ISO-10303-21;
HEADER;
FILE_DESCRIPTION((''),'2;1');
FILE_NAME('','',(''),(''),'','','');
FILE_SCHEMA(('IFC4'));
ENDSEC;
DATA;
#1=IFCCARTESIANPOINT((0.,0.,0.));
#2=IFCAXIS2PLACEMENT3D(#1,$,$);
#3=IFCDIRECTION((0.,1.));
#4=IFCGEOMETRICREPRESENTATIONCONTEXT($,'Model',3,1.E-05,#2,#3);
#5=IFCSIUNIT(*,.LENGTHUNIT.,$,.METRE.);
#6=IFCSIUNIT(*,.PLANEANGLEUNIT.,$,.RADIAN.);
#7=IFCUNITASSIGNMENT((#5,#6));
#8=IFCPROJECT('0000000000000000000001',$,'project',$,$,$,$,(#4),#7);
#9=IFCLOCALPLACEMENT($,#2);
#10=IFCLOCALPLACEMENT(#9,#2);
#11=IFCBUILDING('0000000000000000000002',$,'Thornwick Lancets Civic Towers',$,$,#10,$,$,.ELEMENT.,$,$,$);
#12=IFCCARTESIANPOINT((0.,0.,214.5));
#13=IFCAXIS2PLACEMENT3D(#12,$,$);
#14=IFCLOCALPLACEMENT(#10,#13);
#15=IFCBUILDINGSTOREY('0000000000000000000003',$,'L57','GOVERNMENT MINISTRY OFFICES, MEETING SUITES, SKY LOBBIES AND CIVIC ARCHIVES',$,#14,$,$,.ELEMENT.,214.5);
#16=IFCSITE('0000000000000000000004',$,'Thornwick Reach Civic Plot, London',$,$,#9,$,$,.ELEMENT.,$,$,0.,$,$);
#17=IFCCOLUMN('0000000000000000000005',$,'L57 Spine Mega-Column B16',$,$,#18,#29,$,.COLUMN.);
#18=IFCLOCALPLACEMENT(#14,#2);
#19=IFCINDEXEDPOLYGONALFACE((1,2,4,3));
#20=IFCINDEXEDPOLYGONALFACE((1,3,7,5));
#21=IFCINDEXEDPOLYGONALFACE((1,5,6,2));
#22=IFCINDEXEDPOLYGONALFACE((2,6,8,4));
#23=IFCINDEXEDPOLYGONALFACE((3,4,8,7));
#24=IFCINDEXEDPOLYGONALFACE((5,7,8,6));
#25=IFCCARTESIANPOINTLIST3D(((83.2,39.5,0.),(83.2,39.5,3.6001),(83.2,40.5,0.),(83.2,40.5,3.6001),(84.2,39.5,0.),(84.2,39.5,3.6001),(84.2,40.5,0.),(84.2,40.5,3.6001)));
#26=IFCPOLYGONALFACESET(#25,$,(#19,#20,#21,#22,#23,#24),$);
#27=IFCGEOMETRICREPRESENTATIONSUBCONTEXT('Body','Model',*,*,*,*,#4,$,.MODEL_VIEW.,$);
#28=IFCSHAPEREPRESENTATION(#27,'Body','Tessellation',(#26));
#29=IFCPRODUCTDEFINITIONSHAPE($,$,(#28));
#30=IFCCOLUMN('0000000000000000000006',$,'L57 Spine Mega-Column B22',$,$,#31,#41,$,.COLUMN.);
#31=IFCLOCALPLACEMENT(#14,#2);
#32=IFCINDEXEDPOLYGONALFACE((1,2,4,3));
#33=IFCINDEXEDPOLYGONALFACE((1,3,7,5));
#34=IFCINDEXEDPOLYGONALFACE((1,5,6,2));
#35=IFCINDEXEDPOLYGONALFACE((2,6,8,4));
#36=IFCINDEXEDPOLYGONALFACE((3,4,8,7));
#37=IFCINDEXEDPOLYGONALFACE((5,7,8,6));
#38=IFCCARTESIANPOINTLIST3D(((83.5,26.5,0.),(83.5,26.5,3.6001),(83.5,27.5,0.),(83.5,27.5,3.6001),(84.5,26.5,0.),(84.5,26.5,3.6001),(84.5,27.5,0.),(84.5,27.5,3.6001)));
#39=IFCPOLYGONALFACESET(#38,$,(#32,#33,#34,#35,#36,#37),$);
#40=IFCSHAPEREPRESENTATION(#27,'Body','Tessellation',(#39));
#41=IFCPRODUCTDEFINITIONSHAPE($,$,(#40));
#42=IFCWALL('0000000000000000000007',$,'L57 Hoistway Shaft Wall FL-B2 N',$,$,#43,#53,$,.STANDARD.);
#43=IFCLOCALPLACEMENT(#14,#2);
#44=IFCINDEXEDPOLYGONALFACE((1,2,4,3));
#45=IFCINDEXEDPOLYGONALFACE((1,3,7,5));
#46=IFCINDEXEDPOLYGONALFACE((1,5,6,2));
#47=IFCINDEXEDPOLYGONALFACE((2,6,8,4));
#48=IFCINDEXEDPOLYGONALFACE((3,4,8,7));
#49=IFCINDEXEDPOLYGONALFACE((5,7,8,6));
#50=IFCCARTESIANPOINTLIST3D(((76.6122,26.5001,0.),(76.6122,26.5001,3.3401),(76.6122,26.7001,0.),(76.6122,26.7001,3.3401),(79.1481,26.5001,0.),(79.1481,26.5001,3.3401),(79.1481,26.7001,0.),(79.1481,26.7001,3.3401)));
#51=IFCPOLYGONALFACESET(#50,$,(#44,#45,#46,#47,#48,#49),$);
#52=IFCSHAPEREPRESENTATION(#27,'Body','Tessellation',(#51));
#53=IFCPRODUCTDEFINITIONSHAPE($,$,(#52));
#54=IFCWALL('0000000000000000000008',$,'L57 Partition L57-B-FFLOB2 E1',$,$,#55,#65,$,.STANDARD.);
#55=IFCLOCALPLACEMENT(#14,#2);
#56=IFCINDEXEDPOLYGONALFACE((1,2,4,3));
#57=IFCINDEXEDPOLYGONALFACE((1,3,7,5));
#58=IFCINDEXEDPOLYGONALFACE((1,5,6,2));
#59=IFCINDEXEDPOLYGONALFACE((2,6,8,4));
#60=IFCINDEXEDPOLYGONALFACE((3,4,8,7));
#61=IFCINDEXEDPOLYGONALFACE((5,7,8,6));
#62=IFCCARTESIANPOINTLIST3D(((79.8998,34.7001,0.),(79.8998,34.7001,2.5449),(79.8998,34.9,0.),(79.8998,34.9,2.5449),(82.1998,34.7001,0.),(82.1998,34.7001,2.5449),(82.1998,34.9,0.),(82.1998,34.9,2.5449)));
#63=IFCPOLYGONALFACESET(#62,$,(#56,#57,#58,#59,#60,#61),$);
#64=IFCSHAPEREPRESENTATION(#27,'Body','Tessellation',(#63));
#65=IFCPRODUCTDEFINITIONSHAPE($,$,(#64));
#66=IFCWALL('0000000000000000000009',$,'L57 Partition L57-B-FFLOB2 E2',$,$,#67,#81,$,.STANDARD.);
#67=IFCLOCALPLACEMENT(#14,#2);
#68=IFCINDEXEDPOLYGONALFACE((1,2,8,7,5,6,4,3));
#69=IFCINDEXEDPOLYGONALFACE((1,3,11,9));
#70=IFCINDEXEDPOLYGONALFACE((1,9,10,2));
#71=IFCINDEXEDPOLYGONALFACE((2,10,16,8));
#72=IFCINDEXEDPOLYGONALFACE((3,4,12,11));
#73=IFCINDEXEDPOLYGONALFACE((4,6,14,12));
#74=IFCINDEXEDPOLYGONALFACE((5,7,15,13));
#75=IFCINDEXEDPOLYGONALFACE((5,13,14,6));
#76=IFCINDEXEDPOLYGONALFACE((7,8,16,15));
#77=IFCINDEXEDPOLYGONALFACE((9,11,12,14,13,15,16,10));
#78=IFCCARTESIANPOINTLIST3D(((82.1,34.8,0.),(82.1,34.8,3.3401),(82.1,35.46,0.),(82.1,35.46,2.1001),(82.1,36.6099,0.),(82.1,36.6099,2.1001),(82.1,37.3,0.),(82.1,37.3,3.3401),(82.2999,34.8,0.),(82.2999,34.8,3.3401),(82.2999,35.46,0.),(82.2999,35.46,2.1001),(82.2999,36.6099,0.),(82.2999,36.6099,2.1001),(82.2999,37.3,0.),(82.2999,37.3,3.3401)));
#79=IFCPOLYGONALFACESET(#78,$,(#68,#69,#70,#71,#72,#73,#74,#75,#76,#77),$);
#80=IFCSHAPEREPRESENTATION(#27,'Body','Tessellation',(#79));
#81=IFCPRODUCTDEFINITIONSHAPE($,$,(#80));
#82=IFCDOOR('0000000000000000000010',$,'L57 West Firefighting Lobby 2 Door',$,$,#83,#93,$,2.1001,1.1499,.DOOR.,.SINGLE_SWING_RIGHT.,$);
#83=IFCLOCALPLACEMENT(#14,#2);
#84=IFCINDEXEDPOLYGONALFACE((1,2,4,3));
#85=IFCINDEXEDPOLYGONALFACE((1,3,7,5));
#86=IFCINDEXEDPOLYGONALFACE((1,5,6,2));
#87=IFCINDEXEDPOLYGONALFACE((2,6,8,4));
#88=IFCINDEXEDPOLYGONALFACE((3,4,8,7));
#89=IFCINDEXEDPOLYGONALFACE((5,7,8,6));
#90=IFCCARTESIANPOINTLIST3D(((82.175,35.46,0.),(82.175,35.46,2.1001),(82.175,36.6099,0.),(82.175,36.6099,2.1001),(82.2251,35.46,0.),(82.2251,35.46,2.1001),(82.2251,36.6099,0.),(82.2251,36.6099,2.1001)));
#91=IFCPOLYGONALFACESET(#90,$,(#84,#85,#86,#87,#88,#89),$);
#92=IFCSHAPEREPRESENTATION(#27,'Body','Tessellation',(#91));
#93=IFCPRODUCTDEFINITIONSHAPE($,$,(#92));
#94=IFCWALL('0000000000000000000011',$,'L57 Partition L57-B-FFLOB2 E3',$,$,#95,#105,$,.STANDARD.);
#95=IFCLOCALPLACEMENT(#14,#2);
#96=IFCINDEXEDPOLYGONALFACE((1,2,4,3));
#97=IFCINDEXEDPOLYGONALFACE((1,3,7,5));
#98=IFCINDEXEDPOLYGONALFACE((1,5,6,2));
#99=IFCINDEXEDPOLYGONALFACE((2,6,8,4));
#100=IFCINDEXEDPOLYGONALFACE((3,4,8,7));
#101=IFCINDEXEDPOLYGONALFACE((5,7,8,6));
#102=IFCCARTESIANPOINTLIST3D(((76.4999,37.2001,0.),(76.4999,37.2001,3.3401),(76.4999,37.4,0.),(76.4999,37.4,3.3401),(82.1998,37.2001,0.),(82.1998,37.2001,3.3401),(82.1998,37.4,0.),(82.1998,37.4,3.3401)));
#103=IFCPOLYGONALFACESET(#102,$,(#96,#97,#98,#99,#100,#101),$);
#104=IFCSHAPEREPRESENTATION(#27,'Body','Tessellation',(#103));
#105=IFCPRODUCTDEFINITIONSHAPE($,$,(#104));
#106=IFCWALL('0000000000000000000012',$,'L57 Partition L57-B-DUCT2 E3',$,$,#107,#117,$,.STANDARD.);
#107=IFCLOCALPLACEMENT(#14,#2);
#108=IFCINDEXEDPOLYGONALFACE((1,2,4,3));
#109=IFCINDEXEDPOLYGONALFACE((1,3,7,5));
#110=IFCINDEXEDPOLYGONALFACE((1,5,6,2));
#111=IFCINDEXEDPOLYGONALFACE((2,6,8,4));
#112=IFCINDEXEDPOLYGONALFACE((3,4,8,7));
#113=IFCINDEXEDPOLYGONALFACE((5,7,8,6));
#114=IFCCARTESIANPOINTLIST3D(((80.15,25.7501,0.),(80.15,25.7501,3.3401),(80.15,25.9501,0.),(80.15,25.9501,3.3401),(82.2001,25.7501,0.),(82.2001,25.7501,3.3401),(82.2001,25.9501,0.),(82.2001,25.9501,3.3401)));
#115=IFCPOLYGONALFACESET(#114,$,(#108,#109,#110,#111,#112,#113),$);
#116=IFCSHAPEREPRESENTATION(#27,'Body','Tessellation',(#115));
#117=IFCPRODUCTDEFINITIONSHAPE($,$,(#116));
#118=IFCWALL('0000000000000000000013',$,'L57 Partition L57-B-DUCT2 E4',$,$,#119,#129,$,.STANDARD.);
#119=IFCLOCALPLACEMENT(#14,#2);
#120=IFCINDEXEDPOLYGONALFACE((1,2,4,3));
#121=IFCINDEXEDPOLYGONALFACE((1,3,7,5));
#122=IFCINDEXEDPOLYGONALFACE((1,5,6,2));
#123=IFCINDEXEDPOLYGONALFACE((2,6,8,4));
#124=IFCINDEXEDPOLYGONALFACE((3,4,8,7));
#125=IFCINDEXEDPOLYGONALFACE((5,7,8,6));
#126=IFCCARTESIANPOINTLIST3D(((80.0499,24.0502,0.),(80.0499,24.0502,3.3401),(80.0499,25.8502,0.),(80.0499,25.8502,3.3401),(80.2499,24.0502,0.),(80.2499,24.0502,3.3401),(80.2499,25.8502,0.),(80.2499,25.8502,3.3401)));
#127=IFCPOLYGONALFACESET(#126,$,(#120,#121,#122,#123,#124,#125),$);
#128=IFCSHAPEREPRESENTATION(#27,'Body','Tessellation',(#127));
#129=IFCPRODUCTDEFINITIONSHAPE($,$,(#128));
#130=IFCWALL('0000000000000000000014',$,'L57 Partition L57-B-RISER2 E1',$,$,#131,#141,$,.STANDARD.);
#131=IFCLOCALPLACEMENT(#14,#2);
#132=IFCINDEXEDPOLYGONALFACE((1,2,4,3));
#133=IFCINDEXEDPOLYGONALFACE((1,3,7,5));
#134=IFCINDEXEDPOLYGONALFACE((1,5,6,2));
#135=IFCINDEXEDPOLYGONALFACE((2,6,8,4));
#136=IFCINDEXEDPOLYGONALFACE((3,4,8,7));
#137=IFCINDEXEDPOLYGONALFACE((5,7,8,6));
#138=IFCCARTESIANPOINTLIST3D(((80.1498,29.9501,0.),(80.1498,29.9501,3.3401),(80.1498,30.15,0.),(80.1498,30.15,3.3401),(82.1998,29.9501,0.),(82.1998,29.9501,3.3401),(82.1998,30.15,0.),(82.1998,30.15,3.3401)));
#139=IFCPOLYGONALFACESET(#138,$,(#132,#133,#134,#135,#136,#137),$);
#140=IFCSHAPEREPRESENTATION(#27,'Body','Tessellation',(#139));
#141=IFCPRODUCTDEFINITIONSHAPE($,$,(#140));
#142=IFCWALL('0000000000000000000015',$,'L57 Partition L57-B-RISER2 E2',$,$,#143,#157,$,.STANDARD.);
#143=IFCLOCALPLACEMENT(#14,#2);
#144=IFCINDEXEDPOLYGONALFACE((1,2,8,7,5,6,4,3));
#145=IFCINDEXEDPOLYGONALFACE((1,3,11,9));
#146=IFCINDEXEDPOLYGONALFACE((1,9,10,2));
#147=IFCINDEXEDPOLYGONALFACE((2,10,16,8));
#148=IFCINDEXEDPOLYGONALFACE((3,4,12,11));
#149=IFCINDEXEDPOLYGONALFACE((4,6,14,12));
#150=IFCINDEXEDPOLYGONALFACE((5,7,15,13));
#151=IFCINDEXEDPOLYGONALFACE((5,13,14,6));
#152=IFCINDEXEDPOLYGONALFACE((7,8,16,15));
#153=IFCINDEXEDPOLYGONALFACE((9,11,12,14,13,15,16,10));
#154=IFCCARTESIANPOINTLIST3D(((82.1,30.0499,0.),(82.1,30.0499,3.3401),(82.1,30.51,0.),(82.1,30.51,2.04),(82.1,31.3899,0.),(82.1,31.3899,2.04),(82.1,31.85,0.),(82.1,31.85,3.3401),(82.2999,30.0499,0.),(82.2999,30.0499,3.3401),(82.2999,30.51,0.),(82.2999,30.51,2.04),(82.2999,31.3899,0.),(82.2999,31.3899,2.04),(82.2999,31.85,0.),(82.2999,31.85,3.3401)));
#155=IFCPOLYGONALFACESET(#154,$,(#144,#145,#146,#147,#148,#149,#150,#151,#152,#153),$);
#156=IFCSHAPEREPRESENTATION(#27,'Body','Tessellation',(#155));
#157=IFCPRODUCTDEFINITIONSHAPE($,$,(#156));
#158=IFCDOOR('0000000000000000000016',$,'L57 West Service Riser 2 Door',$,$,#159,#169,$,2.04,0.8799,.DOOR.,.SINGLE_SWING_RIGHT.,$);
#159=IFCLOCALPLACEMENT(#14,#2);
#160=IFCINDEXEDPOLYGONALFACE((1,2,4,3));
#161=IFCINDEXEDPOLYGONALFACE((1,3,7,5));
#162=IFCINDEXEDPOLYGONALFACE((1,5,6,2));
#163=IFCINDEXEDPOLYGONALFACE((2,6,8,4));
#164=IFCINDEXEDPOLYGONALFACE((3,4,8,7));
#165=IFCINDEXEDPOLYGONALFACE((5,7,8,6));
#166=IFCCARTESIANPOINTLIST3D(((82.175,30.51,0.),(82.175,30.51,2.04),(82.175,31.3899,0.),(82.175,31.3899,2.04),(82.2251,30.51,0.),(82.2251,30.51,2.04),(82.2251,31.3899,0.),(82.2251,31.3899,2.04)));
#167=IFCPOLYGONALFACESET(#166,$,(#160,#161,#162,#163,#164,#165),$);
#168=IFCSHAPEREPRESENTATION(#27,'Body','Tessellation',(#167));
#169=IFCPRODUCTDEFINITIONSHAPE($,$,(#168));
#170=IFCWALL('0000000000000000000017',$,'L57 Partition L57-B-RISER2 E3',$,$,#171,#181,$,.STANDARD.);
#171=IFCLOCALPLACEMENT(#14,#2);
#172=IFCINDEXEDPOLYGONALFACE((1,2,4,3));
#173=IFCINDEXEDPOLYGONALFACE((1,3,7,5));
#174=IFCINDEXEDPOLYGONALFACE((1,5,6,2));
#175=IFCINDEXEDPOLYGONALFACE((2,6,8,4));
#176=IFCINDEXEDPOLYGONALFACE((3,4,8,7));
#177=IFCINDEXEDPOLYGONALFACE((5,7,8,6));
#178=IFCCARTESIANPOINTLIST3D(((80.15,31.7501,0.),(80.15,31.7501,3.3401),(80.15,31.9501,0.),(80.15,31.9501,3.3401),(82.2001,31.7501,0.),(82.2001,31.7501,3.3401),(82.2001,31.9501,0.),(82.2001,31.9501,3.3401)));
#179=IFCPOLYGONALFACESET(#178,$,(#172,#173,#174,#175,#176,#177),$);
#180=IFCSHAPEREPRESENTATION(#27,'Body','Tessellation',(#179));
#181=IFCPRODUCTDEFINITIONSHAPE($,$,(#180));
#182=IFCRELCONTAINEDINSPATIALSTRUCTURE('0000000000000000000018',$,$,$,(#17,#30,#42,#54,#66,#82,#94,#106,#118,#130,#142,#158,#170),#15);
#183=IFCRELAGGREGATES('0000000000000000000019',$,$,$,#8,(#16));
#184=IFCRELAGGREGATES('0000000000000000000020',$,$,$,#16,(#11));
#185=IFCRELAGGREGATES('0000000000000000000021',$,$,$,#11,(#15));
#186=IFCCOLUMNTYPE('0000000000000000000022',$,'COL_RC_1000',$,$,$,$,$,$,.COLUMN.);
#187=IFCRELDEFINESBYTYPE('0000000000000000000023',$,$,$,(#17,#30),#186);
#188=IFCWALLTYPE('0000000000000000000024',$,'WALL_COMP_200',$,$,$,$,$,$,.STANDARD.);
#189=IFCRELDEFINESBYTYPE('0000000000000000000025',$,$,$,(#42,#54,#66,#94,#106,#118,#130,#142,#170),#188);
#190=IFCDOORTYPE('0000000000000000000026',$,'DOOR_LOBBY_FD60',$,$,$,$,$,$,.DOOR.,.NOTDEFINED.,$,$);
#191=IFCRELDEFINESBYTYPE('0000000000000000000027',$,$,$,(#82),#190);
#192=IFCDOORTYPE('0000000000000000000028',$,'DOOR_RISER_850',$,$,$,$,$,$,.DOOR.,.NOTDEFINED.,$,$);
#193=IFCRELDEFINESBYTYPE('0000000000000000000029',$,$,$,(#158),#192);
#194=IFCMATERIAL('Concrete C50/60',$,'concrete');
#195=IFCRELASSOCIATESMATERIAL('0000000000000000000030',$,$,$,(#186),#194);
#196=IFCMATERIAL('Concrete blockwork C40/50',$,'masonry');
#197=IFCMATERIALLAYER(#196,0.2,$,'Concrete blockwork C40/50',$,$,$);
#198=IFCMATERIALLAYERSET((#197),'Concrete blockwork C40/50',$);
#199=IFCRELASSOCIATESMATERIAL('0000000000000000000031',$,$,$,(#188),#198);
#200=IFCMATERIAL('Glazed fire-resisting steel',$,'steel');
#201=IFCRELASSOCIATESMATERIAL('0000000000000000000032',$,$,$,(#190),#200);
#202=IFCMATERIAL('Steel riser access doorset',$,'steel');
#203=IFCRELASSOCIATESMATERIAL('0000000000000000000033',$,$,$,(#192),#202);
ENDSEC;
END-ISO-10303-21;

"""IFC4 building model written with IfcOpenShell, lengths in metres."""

from ifc_helpers import new_model, si_unit, direction, frame, frame_2d, origin, origin_2d, place, context, subcontext, project, spatial, rectangle, extrude, material, layer, layer_set, material_profile, profile_set, type_object, element, fill, save


model = new_model("IFC4")

# Units and contexts
model_context = context("Model", 3, precision=1e-05, world=origin(), true_north=direction((0.0, 1.0)))
body_context = subcontext(model_context, "Body", "Model", "MODEL_VIEW")
ifc_project = project(units=[si_unit("LENGTHUNIT", "METRE"), si_unit("PLANEANGLEUNIT", "RADIAN")], contexts=[model_context])

# Site, building, storey
site_placement = place(None, origin())
site = spatial("IfcSite", under=ifc_project, at=site_placement, Name="Thornwick Reach Civic Plot, London", CompositionType="ELEMENT", RefElevation=0.0)
building_placement = place(site_placement, origin())
building = spatial("IfcBuilding", under=site, at=building_placement, Name="Thornwick Lancets Civic Towers", CompositionType="ELEMENT")
storey_placement = place(building_placement, frame((0.0, 0.0, 214.5)))
storey = spatial("IfcBuildingStorey", under=building, at=storey_placement, Name="L57", Description="GOVERNMENT MINISTRY OFFICES, MEETING SUITES, SKY LOBBIES AND CIVIC ARCHIVES", CompositionType="ELEMENT", Elevation=214.5)

# Columns
ifc_material_1 = material(Name="Concrete C50/60", Category="concrete")
ifc_material_profile = material_profile(ifc_material_1, rectangle(XDim=1.0, YDim=1.0, at=origin_2d()), Name="RC 1000x1000")
ifc_profile_set = profile_set([ifc_material_profile], Name="Concrete C50/60")
column_type = type_object("IfcColumnType", Name="COL_RC_1000", PredefinedType="COLUMN", material=ifc_profile_set)
for number, where, z_axis, x_axis, name in (
    (1, (83.7, 40.0, 0.0), (0.0, 0.0, 1.0), (1.0, 0.0, 0.0), "L57 Spine Mega-Column B16"),
    (2, (84.0, 27.0, 0.0), (0.0, 0.0, 1.0), (1.0, 0.0, 0.0), "L57 Spine Mega-Column B22"),
):
    element("IfcColumn", number, at=place(storey_placement, frame(where, z_axis=z_axis, x_axis=x_axis)), inside=storey, type_object=column_type, Name=name, PredefinedType="COLUMN", context=body_context, shape_type="SweptSolid", body=[
        extrude(rectangle(XDim=1.0, YDim=1.0, at=origin_2d()), origin(), (0.0, 0.0, 1.0), 3.6001),
    ])

# Walls
ifc_material_2 = material(Name="Concrete blockwork C40/50", Category="masonry")
ifc_layer_1 = layer(ifc_material_2, 0.2, Name="Concrete blockwork C40/50")
ifc_layer_set_1 = layer_set([ifc_layer_1], Name="Concrete blockwork C40/50")
wall_type_1 = type_object("IfcWallType", Name="WALL_COMP_200", PredefinedType="STANDARD", material=ifc_layer_set_1)
wall_1_placement = place(storey_placement, frame((76.6121, 26.6001, 0.0), z_axis=(0.0, 0.0, 1.0), x_axis=(1.0, 0.0, 0.0)))
element("IfcWall", 3, at=wall_1_placement, inside=storey, type_object=wall_type_1, Name="L57 Hoistway Shaft Wall FL-B2 N", PredefinedType="STANDARD", context=body_context, shape_type="SweptSolid", body=[
    extrude(rectangle(XDim=2.5359, YDim=0.2, at=frame_2d((1.2681, 0.0))), origin(), (0.0, 0.0, 1.0), 3.3401),
])
wall_2_placement = place(storey_placement, frame((79.8999, 34.8, 0.0), z_axis=(0.0, 0.0, 1.0), x_axis=(1.0, 0.0, 0.0)))
element("IfcWall", 4, at=wall_2_placement, inside=storey, type_object=wall_type_1, Name="L57 Partition L57-B-FFLOB2 E1", PredefinedType="STANDARD", context=body_context, shape_type="SweptSolid", body=[
    extrude(rectangle(XDim=2.3, YDim=0.2, at=frame_2d((1.1499, 0.0))), origin(), (0.0, 0.0, 1.0), 2.5449),
])

# Wall, opening, door
wall_3_placement = place(storey_placement, frame((82.2, 34.8, 0.0), z_axis=(0.0, 0.0, 1.0), x_axis=(0.0, 1.0, 0.0)))
wall_3 = element("IfcWall", 5, at=wall_3_placement, inside=storey, type_object=wall_type_1, Name="L57 Partition L57-B-FFLOB2 E2", PredefinedType="STANDARD", context=body_context, shape_type="SweptSolid", body=[
    extrude(rectangle(XDim=2.5, YDim=0.2, at=frame_2d((1.25, 0.0))), origin(), (0.0, 0.0, 1.0), 3.3401),
])
opening_1_placement = place(wall_3_placement, frame((0.6599, 0.0, 0.0)))
opening_1 = element("IfcOpeningElement", 6, at=opening_1_placement, cuts=wall_3, PredefinedType="OPENING", context=body_context, shape_type="SweptSolid", body=[
    extrude(rectangle(XDim=1.1499, YDim=2.1001, at=frame_2d((0.575, 1.05))), frame((0.0, 0.1099, 0.0), z_axis=(0.0, -1.0, 0.0), x_axis=(1.0, 0.0, 0.0)), (0.0, 0.0, 1.0), 0.22),
])
ifc_material_3 = material(Name="Glazed fire-resisting steel", Category="steel")
door_type_1 = type_object("IfcDoorType", Name="DOOR_LOBBY_FD60", OperationType="NOTDEFINED", PredefinedType="DOOR", material=ifc_material_3)
door_1_placement = place(opening_1_placement, origin())
door_1 = element("IfcDoor", 7, at=door_1_placement, inside=storey, type_object=door_type_1, Name="L57 West Firefighting Lobby 2 Door", OperationType="SINGLE_SWING_RIGHT", OverallHeight=2.1001, OverallWidth=1.1499, PredefinedType="DOOR", context=body_context, shape_type="SweptSolid", body=[
    extrude(rectangle(XDim=1.1499, YDim=2.1001, at=frame_2d((0.575, 1.05))), frame((0.0, 0.0249, 0.0), z_axis=(0.0, -1.0, 0.0), x_axis=(1.0, 0.0, 0.0)), (0.0, 0.0, 1.0), 0.05),
])
fill(opening_1, door_1)

# Walls
wall_4_placement = place(storey_placement, frame((82.2, 37.3, 0.0), z_axis=(0.0, 0.0, 1.0), x_axis=(-1.0, 0.0, 0.0)))
element("IfcWall", 8, at=wall_4_placement, inside=storey, type_object=wall_type_1, Name="L57 Partition L57-B-FFLOB2 E3", PredefinedType="STANDARD", context=body_context, shape_type="SweptSolid", body=[
    extrude(rectangle(XDim=5.7, YDim=0.2, at=frame_2d((2.8501, 0.0))), origin(), (0.0, 0.0, 1.0), 3.3401),
])
wall_5_placement = place(storey_placement, frame((82.2, 25.8501, 0.0), z_axis=(0.0, 0.0, 1.0), x_axis=(-1.0, 0.0, 0.0)))
element("IfcWall", 9, at=wall_5_placement, inside=storey, type_object=wall_type_1, Name="L57 Partition L57-B-DUCT2 E3", PredefinedType="STANDARD", context=body_context, shape_type="SweptSolid", body=[
    extrude(rectangle(XDim=2.05, YDim=0.2, at=frame_2d((1.0249, 0.0))), origin(), (0.0, 0.0, 1.0), 3.3401),
])
wall_6_placement = place(storey_placement, frame((80.1499, 25.8501, 0.0), z_axis=(0.0, 0.0, 1.0), x_axis=(0.0, -1.0, 0.0)))
element("IfcWall", 10, at=wall_6_placement, inside=storey, type_object=wall_type_1, Name="L57 Partition L57-B-DUCT2 E4", PredefinedType="STANDARD", context=body_context, shape_type="SweptSolid", body=[
    extrude(rectangle(XDim=1.8, YDim=0.2, at=frame_2d((0.8999, 0.0))), origin(), (0.0, 0.0, 1.0), 3.3401),
])
wall_7_placement = place(storey_placement, frame((80.1499, 30.05, 0.0), z_axis=(0.0, 0.0, 1.0), x_axis=(1.0, 0.0, 0.0)))
element("IfcWall", 11, at=wall_7_placement, inside=storey, type_object=wall_type_1, Name="L57 Partition L57-B-RISER2 E1", PredefinedType="STANDARD", context=body_context, shape_type="SweptSolid", body=[
    extrude(rectangle(XDim=2.05, YDim=0.2, at=frame_2d((1.0249, 0.0))), origin(), (0.0, 0.0, 1.0), 3.3401),
])

# Wall, opening, door
wall_8_placement = place(storey_placement, frame((82.2, 30.05, 0.0), z_axis=(0.0, 0.0, 1.0), x_axis=(0.0, 1.0, 0.0)))
wall_8 = element("IfcWall", 12, at=wall_8_placement, inside=storey, type_object=wall_type_1, Name="L57 Partition L57-B-RISER2 E2", PredefinedType="STANDARD", context=body_context, shape_type="SweptSolid", body=[
    extrude(rectangle(XDim=1.8, YDim=0.2, at=frame_2d((0.8999, 0.0))), origin(), (0.0, 0.0, 1.0), 3.3401),
])
opening_2_placement = place(wall_8_placement, frame((0.46, 0.0, 0.0)))
opening_2 = element("IfcOpeningElement", 13, at=opening_2_placement, cuts=wall_8, PredefinedType="OPENING", context=body_context, shape_type="SweptSolid", body=[
    extrude(rectangle(XDim=0.8799, YDim=2.04, at=frame_2d((0.4399, 1.02))), frame((0.0, 0.1099, 0.0), z_axis=(0.0, -1.0, 0.0), x_axis=(1.0, 0.0, 0.0)), (0.0, 0.0, 1.0), 0.22),
])
ifc_material_4 = material(Name="Steel riser access doorset", Category="steel")
door_type_2 = type_object("IfcDoorType", Name="DOOR_RISER_850", OperationType="NOTDEFINED", PredefinedType="DOOR", material=ifc_material_4)
door_2_placement = place(opening_2_placement, origin())
door_2 = element("IfcDoor", 14, at=door_2_placement, inside=storey, type_object=door_type_2, Name="L57 West Service Riser 2 Door", OperationType="SINGLE_SWING_RIGHT", OverallHeight=2.04, OverallWidth=0.8799, PredefinedType="DOOR", context=body_context, shape_type="SweptSolid", body=[
    extrude(rectangle(XDim=0.8799, YDim=2.04, at=frame_2d((0.4399, 1.02))), frame((0.0, 0.0249, 0.0), z_axis=(0.0, -1.0, 0.0), x_axis=(1.0, 0.0, 0.0)), (0.0, 0.0, 1.0), 0.05),
])
fill(opening_2, door_2)

# Wall
wall_9_placement = place(storey_placement, frame((82.2, 31.8501, 0.0), z_axis=(0.0, 0.0, 1.0), x_axis=(-1.0, 0.0, 0.0)))
element("IfcWall", 15, at=wall_9_placement, inside=storey, type_object=wall_type_1, Name="L57 Partition L57-B-RISER2 E3", PredefinedType="STANDARD", context=body_context, shape_type="SweptSolid", body=[
    extrude(rectangle(XDim=2.05, YDim=0.2, at=frame_2d((1.0249, 0.0))), origin(), (0.0, 0.0, 1.0), 3.3401),
])

save(model, "model.ifc")
